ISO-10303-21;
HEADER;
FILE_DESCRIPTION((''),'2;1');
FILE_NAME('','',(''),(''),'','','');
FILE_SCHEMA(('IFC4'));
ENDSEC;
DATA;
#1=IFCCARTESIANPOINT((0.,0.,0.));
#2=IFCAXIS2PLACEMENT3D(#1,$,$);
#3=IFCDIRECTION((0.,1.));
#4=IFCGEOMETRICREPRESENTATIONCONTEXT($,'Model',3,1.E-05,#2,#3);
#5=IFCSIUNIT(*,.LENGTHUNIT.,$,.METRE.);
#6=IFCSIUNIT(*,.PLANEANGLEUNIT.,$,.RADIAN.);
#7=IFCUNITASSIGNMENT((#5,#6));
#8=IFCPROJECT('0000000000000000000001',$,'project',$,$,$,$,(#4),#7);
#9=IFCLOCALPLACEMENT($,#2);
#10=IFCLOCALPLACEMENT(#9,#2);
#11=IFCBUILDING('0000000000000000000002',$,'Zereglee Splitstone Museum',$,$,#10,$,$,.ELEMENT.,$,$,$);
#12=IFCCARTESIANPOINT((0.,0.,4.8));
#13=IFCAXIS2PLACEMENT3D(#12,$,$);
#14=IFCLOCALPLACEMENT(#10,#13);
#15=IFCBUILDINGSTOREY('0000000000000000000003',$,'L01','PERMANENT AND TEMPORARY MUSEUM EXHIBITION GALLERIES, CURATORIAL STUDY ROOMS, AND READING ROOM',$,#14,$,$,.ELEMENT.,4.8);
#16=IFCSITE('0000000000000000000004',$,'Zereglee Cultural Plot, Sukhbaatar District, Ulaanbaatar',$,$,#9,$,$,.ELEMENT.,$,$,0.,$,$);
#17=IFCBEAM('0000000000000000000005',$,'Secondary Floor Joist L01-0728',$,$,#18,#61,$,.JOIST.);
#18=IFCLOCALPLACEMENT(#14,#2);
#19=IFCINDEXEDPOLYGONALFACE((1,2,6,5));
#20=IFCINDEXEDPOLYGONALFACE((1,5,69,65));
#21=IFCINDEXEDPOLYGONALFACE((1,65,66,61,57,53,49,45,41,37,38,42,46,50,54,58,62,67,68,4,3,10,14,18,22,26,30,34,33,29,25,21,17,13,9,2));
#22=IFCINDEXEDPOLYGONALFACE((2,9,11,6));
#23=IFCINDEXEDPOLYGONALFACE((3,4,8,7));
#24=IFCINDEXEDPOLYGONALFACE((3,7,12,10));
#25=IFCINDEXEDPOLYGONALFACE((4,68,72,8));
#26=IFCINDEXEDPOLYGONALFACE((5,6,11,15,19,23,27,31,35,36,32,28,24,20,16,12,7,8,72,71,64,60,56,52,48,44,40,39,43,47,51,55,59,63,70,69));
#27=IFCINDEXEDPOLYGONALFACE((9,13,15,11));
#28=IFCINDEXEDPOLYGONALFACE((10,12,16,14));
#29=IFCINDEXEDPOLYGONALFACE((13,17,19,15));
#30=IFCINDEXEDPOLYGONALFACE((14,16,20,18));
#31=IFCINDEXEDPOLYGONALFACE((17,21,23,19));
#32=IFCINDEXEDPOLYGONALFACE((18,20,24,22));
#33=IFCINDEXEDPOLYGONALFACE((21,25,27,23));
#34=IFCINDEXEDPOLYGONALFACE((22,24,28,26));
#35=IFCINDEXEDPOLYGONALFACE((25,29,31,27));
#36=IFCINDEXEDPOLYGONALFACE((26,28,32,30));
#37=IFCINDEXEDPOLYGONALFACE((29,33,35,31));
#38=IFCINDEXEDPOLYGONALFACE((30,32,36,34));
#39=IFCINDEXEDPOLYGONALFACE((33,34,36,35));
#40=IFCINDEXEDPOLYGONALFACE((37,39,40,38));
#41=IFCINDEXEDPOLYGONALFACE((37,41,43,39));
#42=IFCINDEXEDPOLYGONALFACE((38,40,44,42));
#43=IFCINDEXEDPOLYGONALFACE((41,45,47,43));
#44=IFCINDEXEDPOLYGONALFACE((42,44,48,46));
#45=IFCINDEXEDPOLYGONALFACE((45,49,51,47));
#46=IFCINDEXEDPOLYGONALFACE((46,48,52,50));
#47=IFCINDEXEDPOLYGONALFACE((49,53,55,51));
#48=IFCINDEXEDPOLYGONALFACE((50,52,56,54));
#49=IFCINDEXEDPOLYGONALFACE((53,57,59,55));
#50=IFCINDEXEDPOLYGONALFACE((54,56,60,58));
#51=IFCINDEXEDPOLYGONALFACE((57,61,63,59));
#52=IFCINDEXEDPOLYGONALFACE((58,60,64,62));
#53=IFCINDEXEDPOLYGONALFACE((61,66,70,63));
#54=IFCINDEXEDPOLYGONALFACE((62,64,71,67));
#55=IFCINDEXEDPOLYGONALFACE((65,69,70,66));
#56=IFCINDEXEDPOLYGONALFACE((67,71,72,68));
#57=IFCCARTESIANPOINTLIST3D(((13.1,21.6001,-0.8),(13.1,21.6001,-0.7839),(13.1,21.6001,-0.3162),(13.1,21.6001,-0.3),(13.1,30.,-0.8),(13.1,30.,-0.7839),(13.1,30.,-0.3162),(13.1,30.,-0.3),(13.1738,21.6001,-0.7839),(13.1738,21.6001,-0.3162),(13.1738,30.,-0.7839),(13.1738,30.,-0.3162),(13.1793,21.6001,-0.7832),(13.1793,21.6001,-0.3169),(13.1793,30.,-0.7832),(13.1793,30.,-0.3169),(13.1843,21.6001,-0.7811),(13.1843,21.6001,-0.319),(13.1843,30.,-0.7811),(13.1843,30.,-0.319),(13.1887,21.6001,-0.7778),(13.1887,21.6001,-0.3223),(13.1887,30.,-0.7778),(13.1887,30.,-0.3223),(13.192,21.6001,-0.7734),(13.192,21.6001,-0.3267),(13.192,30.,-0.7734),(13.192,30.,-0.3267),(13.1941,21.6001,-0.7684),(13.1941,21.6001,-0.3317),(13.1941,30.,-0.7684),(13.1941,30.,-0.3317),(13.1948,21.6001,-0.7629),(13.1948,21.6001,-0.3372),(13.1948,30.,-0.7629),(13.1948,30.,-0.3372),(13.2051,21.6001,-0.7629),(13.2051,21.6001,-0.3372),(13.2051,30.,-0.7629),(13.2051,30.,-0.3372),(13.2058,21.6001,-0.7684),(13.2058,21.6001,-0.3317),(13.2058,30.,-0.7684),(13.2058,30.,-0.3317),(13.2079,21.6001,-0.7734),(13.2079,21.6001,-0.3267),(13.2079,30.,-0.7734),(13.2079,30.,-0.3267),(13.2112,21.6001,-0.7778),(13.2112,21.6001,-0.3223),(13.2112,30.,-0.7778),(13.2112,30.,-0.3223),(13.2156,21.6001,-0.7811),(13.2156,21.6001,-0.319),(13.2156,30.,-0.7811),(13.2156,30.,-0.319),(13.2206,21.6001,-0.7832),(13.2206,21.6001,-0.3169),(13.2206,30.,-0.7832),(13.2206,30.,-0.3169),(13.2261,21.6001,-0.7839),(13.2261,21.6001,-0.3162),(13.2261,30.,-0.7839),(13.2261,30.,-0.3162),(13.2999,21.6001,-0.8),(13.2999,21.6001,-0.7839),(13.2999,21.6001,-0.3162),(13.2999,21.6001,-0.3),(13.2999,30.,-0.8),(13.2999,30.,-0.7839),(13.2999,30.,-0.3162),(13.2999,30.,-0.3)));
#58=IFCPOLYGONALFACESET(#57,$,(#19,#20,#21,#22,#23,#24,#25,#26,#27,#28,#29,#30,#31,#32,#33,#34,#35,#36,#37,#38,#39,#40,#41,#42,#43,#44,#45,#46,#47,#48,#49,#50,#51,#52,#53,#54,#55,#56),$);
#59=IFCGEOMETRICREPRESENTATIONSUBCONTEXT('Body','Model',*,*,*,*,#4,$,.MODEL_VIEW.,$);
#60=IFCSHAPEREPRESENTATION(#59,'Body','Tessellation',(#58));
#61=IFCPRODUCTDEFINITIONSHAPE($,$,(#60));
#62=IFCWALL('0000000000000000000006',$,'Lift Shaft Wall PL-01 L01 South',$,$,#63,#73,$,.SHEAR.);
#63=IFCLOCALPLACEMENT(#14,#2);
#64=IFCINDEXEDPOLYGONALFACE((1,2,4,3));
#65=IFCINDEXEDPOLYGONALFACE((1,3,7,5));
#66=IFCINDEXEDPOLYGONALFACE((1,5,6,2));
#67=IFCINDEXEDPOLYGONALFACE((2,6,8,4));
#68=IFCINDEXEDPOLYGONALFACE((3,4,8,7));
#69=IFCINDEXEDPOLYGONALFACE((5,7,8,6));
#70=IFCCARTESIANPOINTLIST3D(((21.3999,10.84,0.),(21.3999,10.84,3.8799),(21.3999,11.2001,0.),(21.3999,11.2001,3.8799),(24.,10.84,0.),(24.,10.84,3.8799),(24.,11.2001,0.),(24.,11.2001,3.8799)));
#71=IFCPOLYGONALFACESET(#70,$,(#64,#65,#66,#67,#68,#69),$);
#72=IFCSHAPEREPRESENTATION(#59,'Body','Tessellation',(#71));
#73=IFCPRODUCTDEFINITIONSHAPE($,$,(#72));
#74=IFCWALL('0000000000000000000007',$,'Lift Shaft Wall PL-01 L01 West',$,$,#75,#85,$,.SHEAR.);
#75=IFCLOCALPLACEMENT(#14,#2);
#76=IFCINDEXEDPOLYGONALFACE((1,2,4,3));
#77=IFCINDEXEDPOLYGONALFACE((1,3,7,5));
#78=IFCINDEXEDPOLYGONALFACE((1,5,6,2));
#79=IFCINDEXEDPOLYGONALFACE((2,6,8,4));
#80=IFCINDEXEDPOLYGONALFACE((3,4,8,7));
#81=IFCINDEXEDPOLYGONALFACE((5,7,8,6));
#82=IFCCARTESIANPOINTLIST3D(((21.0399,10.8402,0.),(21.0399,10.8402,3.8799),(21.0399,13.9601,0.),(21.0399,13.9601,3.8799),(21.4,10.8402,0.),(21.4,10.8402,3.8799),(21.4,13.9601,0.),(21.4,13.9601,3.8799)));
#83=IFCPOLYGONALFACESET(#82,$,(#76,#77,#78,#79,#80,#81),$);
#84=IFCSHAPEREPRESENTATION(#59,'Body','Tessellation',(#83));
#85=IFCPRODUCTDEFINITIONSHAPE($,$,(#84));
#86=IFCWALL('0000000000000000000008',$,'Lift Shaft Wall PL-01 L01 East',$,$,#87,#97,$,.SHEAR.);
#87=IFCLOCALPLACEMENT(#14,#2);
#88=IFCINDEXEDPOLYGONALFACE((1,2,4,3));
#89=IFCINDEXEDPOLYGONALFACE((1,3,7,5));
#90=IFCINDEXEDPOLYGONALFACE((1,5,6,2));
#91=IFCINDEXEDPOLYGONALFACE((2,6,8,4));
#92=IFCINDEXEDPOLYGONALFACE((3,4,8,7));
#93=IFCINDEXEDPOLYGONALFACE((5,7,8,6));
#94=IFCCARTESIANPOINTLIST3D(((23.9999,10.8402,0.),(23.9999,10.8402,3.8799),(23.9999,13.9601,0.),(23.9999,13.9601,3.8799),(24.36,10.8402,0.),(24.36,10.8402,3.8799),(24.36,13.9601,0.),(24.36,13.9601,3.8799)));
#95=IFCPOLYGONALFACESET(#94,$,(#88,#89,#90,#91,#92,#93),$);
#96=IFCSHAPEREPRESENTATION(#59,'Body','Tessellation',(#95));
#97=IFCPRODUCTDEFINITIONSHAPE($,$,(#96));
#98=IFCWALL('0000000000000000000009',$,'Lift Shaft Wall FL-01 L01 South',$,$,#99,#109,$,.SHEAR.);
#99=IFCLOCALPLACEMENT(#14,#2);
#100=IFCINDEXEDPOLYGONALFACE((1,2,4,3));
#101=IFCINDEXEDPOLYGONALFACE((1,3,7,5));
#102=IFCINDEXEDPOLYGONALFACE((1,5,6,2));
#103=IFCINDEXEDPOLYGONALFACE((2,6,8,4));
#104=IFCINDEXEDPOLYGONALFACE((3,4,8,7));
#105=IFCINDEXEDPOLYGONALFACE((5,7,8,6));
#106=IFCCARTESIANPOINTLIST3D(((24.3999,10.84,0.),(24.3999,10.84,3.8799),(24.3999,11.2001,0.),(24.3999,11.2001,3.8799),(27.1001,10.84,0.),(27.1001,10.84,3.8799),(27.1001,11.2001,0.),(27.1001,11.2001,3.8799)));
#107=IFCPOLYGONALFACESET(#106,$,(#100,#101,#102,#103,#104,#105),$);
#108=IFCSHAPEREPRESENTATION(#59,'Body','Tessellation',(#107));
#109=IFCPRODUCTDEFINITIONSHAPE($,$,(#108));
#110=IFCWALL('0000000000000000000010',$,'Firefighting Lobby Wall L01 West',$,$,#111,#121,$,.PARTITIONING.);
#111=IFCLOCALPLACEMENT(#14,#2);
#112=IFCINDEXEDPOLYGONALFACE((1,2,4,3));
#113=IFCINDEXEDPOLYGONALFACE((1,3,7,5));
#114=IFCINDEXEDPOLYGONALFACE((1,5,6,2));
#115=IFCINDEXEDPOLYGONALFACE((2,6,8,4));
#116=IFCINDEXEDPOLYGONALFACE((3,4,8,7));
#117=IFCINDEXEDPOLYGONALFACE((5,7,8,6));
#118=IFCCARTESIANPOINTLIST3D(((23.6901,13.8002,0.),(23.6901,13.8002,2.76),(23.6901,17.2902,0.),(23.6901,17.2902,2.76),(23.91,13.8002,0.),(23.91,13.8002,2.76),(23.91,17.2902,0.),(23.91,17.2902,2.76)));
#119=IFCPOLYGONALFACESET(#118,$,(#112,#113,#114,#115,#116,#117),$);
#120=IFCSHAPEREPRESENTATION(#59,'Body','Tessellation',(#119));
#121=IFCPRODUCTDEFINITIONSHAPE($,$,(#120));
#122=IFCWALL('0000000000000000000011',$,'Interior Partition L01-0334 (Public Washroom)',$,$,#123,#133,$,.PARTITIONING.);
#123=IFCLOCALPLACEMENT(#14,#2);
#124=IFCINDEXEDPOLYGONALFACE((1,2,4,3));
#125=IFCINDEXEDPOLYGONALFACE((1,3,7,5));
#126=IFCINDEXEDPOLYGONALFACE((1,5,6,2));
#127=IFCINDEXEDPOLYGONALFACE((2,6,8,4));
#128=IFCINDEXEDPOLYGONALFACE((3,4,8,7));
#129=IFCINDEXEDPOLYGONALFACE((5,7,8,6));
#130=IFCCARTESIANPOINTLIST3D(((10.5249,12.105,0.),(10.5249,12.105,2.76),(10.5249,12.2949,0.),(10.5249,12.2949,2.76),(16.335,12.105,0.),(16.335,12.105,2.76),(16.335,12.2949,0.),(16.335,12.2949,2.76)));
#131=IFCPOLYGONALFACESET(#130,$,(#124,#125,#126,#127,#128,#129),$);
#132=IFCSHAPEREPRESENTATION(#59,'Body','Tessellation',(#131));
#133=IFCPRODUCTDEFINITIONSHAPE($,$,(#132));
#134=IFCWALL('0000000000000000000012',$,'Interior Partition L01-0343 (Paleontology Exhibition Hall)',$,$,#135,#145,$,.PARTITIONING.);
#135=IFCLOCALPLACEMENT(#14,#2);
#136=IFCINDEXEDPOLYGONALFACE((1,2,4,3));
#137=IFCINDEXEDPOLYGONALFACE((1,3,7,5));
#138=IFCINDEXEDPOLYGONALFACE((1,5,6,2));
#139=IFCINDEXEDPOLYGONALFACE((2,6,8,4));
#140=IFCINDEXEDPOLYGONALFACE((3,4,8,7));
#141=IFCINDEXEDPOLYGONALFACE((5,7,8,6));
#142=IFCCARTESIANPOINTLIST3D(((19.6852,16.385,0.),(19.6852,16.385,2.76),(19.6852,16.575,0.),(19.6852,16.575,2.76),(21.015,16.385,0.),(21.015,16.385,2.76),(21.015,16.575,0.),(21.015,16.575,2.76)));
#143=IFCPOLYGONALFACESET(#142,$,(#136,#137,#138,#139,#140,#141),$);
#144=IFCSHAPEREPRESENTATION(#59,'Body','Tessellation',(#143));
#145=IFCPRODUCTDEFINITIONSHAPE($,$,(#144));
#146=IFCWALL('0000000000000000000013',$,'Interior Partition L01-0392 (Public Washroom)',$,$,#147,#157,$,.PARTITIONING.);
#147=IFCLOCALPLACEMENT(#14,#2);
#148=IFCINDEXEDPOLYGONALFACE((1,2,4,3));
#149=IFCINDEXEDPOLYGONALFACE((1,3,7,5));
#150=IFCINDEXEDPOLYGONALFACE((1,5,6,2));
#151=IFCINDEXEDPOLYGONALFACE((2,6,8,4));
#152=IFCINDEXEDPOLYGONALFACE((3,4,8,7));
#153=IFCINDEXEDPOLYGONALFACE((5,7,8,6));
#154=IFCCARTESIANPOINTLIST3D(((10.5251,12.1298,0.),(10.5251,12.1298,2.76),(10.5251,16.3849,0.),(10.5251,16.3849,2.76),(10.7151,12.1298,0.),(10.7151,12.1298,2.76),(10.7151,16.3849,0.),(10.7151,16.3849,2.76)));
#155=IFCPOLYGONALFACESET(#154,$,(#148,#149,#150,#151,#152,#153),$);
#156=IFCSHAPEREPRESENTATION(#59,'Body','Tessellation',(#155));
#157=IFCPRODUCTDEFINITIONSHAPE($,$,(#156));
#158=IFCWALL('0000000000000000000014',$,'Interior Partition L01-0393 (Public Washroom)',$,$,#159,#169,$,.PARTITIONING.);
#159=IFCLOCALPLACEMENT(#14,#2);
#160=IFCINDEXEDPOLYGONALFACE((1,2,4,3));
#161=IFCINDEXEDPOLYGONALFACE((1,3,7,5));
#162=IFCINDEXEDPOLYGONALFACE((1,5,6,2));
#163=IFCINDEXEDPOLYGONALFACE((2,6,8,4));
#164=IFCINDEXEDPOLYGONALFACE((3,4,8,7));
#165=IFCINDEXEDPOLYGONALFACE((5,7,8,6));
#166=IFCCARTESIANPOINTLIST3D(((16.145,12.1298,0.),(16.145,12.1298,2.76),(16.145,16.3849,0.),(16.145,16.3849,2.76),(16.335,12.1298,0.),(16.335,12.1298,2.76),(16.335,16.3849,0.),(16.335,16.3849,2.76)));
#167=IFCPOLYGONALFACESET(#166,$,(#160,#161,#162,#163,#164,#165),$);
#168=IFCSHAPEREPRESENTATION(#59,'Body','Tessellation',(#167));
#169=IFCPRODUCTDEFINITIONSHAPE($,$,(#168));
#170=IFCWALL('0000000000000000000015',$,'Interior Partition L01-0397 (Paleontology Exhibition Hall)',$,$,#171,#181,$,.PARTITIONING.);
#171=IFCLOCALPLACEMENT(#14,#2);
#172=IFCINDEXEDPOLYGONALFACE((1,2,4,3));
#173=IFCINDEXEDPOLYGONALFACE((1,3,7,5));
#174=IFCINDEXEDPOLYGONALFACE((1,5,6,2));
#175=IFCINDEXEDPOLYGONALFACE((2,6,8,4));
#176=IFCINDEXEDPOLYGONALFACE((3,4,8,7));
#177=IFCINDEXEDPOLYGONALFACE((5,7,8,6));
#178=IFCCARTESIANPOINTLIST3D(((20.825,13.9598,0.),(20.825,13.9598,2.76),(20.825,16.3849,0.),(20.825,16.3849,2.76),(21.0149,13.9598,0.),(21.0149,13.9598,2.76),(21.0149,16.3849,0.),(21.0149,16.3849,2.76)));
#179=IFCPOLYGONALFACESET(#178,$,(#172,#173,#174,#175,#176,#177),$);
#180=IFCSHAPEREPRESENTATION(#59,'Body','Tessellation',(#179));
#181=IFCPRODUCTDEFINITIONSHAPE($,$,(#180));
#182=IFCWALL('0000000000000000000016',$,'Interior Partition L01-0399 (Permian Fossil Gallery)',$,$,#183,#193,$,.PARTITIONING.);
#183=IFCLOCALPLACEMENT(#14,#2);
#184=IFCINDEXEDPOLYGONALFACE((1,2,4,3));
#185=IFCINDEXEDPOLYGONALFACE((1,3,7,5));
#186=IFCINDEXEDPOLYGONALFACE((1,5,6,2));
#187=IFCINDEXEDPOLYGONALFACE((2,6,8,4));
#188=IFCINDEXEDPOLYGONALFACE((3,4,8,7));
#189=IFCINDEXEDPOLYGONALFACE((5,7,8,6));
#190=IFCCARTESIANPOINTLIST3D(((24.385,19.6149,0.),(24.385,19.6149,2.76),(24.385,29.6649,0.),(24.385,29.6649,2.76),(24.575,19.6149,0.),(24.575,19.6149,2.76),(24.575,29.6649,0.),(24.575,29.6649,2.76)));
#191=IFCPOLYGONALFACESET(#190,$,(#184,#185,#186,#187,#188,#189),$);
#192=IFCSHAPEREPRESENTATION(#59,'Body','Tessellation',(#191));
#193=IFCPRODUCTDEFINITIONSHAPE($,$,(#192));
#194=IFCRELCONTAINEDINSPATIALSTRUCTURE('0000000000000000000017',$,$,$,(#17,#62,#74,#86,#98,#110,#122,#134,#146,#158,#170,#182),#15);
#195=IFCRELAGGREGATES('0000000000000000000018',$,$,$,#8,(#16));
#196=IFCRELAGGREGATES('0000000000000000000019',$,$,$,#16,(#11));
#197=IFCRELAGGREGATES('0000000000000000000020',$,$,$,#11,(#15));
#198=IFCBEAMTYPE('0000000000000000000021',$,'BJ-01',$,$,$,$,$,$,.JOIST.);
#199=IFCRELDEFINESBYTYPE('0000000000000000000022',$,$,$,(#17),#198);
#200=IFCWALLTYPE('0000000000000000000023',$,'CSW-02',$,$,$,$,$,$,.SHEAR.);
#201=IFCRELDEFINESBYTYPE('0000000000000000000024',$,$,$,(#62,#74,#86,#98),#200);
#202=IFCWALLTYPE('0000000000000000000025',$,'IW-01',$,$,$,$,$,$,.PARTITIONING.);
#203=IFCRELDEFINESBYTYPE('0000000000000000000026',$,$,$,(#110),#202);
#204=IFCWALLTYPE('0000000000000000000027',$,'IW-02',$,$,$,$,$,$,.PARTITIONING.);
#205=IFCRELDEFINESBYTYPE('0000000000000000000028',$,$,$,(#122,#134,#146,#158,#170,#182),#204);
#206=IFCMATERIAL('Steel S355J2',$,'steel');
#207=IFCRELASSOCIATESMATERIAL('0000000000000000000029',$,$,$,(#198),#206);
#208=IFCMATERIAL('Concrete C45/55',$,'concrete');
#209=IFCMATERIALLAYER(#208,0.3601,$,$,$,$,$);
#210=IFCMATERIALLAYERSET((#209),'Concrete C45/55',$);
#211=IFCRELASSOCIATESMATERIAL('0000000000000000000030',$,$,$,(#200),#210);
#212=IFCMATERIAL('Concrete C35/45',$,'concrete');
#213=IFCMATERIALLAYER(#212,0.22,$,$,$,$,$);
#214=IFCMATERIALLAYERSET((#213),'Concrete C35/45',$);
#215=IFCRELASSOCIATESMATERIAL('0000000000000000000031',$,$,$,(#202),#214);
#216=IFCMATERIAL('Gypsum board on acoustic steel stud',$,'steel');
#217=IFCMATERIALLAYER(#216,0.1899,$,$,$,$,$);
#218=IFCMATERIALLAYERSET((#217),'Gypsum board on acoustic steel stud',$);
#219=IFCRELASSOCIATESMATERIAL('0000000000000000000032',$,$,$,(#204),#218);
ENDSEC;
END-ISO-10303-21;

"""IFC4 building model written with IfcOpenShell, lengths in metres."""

from ifc_helpers import new_model, si_unit, direction, frame, frame_2d, origin, origin_2d, place, context, subcontext, project, spatial, rectangle, i_section, extrude, material, layer, layer_set, material_profile, profile_set, type_object, element, save


model = new_model("IFC4")

# Units and contexts
model_context = context("Model", 3, precision=1e-05, world=origin(), true_north=direction((0.0, 1.0)))
body_context = subcontext(model_context, "Body", "Model", "MODEL_VIEW")
ifc_project = project(units=[si_unit("LENGTHUNIT", "METRE"), si_unit("PLANEANGLEUNIT", "RADIAN")], contexts=[model_context])

# Site, building, storey
site_placement = place(None, origin())
site = spatial("IfcSite", under=ifc_project, at=site_placement, Name="Zereglee Cultural Plot, Sukhbaatar District, Ulaanbaatar", CompositionType="ELEMENT", RefElevation=0.0)
building_placement = place(site_placement, origin())
building = spatial("IfcBuilding", under=site, at=building_placement, Name="Zereglee Splitstone Museum", CompositionType="ELEMENT")
storey_placement = place(building_placement, frame((0.0, 0.0, 4.8)))
storey = spatial("IfcBuildingStorey", under=building, at=storey_placement, Name="L01", Description="PERMANENT AND TEMPORARY MUSEUM EXHIBITION GALLERIES, CURATORIAL STUDY ROOMS, AND READING ROOM", CompositionType="ELEMENT", Elevation=4.8)

# Beam
ifc_material_1 = material(Name="Steel S355J2", Category="steel")
ifc_material_profile = material_profile(ifc_material_1, i_section(OverallWidth=0.2, OverallDepth=0.5, WebThickness=0.0103, FlangeThickness=0.0161, FilletRadius=0.021, at=origin_2d()), Name="IPE 500")
ifc_profile_set = profile_set([ifc_material_profile], Name="Steel S355J2")
beam_type = type_object("IfcBeamType", Name="BJ-01", PredefinedType="JOIST", material=ifc_profile_set)
beam_placement = place(storey_placement, frame((13.2, 21.6001, -0.55), z_axis=(0.0, 1.0, 0.0), x_axis=(-1.0, 0.0, 0.0)))
element("IfcBeam", 1, at=beam_placement, inside=storey, type_object=beam_type, Name="Secondary Floor Joist L01-0728", PredefinedType="JOIST", context=body_context, shape_type="SweptSolid", body=[
    extrude(i_section(OverallWidth=0.2, OverallDepth=0.5, WebThickness=0.0103, FlangeThickness=0.0161, FilletRadius=0.021, at=origin_2d()), origin(), (0.0, 0.0, 1.0), 8.3999),
])

# Shared definitions
ifc_material_2 = material(Name="Concrete C45/55", Category="concrete")
ifc_layer_1 = layer(ifc_material_2, 0.3601)
ifc_layer_set_1 = layer_set([ifc_layer_1], Name="Concrete C45/55")
wall_type_1 = type_object("IfcWallType", Name="CSW-02", PredefinedType="SHEAR", material=ifc_layer_set_1)

# Walls
wall_1_placement = place(storey_placement, frame((21.3999, 11.02, 0.0), z_axis=(0.0, 0.0, 1.0), x_axis=(1.0, 0.0, 0.0)))
element("IfcWall", 2, at=wall_1_placement, inside=storey, type_object=wall_type_1, Name="Lift Shaft Wall PL-01 L01 South", PredefinedType="SHEAR", context=body_context, shape_type="SweptSolid", body=[
    extrude(rectangle(XDim=2.6001, YDim=0.3601, at=frame_2d((1.3, 0.0))), origin(), (0.0, 0.0, 1.0), 3.8799),
])
for number, where, z_axis, x_axis, name in (
    (3, (21.22, 10.8401, 0.0), (0.0, 0.0, 1.0), (0.0, 1.0, 0.0), "Lift Shaft Wall PL-01 L01 West"),
    (4, (24.1799, 10.8401, 0.0), (0.0, 0.0, 1.0), (0.0, 1.0, 0.0), "Lift Shaft Wall PL-01 L01 East"),
):
    element("IfcWall", number, at=place(storey_placement, frame(where, z_axis=z_axis, x_axis=x_axis)), inside=storey, type_object=wall_type_1, Name=name, PredefinedType="SHEAR", context=body_context, shape_type="SweptSolid", body=[
        extrude(rectangle(XDim=3.1199, YDim=0.3601, at=frame_2d((1.5601, 0.0))), origin(), (0.0, 0.0, 1.0), 3.8799),
    ])

# Wall
wall_2_placement = place(storey_placement, frame((24.3999, 11.02, 0.0), z_axis=(0.0, 0.0, 1.0), x_axis=(1.0, 0.0, 0.0)))
element("IfcWall", 5, at=wall_2_placement, inside=storey, type_object=wall_type_1, Name="Lift Shaft Wall FL-01 L01 South", PredefinedType="SHEAR", context=body_context, shape_type="SweptSolid", body=[
    extrude(rectangle(XDim=2.7002, YDim=0.3601, at=frame_2d((1.3501, 0.0))), origin(), (0.0, 0.0, 1.0), 3.8799),
])

# Shared definitions
ifc_material_3 = material(Name="Concrete C35/45", Category="concrete")
ifc_layer_2 = layer(ifc_material_3, 0.22)
ifc_layer_set_2 = layer_set([ifc_layer_2], Name="Concrete C35/45")
wall_type_2 = type_object("IfcWallType", Name="IW-01", PredefinedType="PARTITIONING", material=ifc_layer_set_2)

# Walls
wall_3_placement = place(storey_placement, frame((23.8, 13.8, 0.0), z_axis=(0.0, 0.0, 1.0), x_axis=(0.0, 1.0, 0.0)))
element("IfcWall", 6, at=wall_3_placement, inside=storey, type_object=wall_type_2, Name="Firefighting Lobby Wall L01 West", PredefinedType="PARTITIONING", context=body_context, shape_type="SweptSolid", body=[
    extrude(rectangle(XDim=3.49, YDim=0.22, at=frame_2d((1.7451, 0.0))), origin(), (0.0, 0.0, 1.0), 2.76),
])
ifc_material_4 = material(Name="Gypsum board on acoustic steel stud", Category="steel")
ifc_layer_3 = layer(ifc_material_4, 0.1899)
ifc_layer_set_3 = layer_set([ifc_layer_3], Name="Gypsum board on acoustic steel stud")
wall_type_3 = type_object("IfcWallType", Name="IW-02", PredefinedType="PARTITIONING", material=ifc_layer_set_3)
wall_4_placement = place(storey_placement, frame((10.5249, 12.2, 0.0), z_axis=(0.0, 0.0, 1.0), x_axis=(1.0, 0.0, 0.0)))
element("IfcWall", 7, at=wall_4_placement, inside=storey, type_object=wall_type_3, Name="Interior Partition L01-0334 (Public Washroom)", PredefinedType="PARTITIONING", context=body_context, shape_type="SweptSolid", body=[
    extrude(rectangle(XDim=5.8101, YDim=0.1899, at=frame_2d((2.905, 0.0))), origin(), (0.0, 0.0, 1.0), 2.76),
])
wall_5_placement = place(storey_placement, frame((19.6851, 16.48, 0.0), z_axis=(0.0, 0.0, 1.0), x_axis=(1.0, 0.0, 0.0)))
element("IfcWall", 8, at=wall_5_placement, inside=storey, type_object=wall_type_3, Name="Interior Partition L01-0343 (Paleontology Exhibition Hall)", PredefinedType="PARTITIONING", context=body_context, shape_type="SweptSolid", body=[
    extrude(rectangle(XDim=1.3298, YDim=0.1899, at=frame_2d((0.665, 0.0))), origin(), (0.0, 0.0, 1.0), 2.76),
])
for number, where, z_axis, x_axis, name in (
    (9, (10.6201, 12.1299, 0.0), (0.0, 0.0, 1.0), (0.0, 1.0, 0.0), "Interior Partition L01-0392 (Public Washroom)"),
    (10, (16.24, 12.1299, 0.0), (0.0, 0.0, 1.0), (0.0, 1.0, 0.0), "Interior Partition L01-0393 (Public Washroom)"),
):
    element("IfcWall", number, at=place(storey_placement, frame(where, z_axis=z_axis, x_axis=x_axis)), inside=storey, type_object=wall_type_3, Name=name, PredefinedType="PARTITIONING", context=body_context, shape_type="SweptSolid", body=[
        extrude(rectangle(XDim=4.2551, YDim=0.1899, at=frame_2d((2.1274, 0.0))), origin(), (0.0, 0.0, 1.0), 2.76),
    ])
wall_6_placement = place(storey_placement, frame((20.9199, 13.96, 0.0), z_axis=(0.0, 0.0, 1.0), x_axis=(0.0, 1.0, 0.0)))
element("IfcWall", 11, at=wall_6_placement, inside=storey, type_object=wall_type_3, Name="Interior Partition L01-0397 (Paleontology Exhibition Hall)", PredefinedType="PARTITIONING", context=body_context, shape_type="SweptSolid", body=[
    extrude(rectangle(XDim=2.425, YDim=0.1899, at=frame_2d((1.2124, 0.0))), origin(), (0.0, 0.0, 1.0), 2.76),
])
wall_7_placement = place(storey_placement, frame((24.48, 19.615, 0.0), z_axis=(0.0, 0.0, 1.0), x_axis=(0.0, 1.0, 0.0)))
element("IfcWall", 12, at=wall_7_placement, inside=storey, type_object=wall_type_3, Name="Interior Partition L01-0399 (Permian Fossil Gallery)", PredefinedType="PARTITIONING", context=body_context, shape_type="SweptSolid", body=[
    extrude(rectangle(XDim=10.05, YDim=0.1899, at=frame_2d((5.0249, 0.0))), origin(), (0.0, 0.0, 1.0), 2.76),
])

save(model, "model.ifc")
